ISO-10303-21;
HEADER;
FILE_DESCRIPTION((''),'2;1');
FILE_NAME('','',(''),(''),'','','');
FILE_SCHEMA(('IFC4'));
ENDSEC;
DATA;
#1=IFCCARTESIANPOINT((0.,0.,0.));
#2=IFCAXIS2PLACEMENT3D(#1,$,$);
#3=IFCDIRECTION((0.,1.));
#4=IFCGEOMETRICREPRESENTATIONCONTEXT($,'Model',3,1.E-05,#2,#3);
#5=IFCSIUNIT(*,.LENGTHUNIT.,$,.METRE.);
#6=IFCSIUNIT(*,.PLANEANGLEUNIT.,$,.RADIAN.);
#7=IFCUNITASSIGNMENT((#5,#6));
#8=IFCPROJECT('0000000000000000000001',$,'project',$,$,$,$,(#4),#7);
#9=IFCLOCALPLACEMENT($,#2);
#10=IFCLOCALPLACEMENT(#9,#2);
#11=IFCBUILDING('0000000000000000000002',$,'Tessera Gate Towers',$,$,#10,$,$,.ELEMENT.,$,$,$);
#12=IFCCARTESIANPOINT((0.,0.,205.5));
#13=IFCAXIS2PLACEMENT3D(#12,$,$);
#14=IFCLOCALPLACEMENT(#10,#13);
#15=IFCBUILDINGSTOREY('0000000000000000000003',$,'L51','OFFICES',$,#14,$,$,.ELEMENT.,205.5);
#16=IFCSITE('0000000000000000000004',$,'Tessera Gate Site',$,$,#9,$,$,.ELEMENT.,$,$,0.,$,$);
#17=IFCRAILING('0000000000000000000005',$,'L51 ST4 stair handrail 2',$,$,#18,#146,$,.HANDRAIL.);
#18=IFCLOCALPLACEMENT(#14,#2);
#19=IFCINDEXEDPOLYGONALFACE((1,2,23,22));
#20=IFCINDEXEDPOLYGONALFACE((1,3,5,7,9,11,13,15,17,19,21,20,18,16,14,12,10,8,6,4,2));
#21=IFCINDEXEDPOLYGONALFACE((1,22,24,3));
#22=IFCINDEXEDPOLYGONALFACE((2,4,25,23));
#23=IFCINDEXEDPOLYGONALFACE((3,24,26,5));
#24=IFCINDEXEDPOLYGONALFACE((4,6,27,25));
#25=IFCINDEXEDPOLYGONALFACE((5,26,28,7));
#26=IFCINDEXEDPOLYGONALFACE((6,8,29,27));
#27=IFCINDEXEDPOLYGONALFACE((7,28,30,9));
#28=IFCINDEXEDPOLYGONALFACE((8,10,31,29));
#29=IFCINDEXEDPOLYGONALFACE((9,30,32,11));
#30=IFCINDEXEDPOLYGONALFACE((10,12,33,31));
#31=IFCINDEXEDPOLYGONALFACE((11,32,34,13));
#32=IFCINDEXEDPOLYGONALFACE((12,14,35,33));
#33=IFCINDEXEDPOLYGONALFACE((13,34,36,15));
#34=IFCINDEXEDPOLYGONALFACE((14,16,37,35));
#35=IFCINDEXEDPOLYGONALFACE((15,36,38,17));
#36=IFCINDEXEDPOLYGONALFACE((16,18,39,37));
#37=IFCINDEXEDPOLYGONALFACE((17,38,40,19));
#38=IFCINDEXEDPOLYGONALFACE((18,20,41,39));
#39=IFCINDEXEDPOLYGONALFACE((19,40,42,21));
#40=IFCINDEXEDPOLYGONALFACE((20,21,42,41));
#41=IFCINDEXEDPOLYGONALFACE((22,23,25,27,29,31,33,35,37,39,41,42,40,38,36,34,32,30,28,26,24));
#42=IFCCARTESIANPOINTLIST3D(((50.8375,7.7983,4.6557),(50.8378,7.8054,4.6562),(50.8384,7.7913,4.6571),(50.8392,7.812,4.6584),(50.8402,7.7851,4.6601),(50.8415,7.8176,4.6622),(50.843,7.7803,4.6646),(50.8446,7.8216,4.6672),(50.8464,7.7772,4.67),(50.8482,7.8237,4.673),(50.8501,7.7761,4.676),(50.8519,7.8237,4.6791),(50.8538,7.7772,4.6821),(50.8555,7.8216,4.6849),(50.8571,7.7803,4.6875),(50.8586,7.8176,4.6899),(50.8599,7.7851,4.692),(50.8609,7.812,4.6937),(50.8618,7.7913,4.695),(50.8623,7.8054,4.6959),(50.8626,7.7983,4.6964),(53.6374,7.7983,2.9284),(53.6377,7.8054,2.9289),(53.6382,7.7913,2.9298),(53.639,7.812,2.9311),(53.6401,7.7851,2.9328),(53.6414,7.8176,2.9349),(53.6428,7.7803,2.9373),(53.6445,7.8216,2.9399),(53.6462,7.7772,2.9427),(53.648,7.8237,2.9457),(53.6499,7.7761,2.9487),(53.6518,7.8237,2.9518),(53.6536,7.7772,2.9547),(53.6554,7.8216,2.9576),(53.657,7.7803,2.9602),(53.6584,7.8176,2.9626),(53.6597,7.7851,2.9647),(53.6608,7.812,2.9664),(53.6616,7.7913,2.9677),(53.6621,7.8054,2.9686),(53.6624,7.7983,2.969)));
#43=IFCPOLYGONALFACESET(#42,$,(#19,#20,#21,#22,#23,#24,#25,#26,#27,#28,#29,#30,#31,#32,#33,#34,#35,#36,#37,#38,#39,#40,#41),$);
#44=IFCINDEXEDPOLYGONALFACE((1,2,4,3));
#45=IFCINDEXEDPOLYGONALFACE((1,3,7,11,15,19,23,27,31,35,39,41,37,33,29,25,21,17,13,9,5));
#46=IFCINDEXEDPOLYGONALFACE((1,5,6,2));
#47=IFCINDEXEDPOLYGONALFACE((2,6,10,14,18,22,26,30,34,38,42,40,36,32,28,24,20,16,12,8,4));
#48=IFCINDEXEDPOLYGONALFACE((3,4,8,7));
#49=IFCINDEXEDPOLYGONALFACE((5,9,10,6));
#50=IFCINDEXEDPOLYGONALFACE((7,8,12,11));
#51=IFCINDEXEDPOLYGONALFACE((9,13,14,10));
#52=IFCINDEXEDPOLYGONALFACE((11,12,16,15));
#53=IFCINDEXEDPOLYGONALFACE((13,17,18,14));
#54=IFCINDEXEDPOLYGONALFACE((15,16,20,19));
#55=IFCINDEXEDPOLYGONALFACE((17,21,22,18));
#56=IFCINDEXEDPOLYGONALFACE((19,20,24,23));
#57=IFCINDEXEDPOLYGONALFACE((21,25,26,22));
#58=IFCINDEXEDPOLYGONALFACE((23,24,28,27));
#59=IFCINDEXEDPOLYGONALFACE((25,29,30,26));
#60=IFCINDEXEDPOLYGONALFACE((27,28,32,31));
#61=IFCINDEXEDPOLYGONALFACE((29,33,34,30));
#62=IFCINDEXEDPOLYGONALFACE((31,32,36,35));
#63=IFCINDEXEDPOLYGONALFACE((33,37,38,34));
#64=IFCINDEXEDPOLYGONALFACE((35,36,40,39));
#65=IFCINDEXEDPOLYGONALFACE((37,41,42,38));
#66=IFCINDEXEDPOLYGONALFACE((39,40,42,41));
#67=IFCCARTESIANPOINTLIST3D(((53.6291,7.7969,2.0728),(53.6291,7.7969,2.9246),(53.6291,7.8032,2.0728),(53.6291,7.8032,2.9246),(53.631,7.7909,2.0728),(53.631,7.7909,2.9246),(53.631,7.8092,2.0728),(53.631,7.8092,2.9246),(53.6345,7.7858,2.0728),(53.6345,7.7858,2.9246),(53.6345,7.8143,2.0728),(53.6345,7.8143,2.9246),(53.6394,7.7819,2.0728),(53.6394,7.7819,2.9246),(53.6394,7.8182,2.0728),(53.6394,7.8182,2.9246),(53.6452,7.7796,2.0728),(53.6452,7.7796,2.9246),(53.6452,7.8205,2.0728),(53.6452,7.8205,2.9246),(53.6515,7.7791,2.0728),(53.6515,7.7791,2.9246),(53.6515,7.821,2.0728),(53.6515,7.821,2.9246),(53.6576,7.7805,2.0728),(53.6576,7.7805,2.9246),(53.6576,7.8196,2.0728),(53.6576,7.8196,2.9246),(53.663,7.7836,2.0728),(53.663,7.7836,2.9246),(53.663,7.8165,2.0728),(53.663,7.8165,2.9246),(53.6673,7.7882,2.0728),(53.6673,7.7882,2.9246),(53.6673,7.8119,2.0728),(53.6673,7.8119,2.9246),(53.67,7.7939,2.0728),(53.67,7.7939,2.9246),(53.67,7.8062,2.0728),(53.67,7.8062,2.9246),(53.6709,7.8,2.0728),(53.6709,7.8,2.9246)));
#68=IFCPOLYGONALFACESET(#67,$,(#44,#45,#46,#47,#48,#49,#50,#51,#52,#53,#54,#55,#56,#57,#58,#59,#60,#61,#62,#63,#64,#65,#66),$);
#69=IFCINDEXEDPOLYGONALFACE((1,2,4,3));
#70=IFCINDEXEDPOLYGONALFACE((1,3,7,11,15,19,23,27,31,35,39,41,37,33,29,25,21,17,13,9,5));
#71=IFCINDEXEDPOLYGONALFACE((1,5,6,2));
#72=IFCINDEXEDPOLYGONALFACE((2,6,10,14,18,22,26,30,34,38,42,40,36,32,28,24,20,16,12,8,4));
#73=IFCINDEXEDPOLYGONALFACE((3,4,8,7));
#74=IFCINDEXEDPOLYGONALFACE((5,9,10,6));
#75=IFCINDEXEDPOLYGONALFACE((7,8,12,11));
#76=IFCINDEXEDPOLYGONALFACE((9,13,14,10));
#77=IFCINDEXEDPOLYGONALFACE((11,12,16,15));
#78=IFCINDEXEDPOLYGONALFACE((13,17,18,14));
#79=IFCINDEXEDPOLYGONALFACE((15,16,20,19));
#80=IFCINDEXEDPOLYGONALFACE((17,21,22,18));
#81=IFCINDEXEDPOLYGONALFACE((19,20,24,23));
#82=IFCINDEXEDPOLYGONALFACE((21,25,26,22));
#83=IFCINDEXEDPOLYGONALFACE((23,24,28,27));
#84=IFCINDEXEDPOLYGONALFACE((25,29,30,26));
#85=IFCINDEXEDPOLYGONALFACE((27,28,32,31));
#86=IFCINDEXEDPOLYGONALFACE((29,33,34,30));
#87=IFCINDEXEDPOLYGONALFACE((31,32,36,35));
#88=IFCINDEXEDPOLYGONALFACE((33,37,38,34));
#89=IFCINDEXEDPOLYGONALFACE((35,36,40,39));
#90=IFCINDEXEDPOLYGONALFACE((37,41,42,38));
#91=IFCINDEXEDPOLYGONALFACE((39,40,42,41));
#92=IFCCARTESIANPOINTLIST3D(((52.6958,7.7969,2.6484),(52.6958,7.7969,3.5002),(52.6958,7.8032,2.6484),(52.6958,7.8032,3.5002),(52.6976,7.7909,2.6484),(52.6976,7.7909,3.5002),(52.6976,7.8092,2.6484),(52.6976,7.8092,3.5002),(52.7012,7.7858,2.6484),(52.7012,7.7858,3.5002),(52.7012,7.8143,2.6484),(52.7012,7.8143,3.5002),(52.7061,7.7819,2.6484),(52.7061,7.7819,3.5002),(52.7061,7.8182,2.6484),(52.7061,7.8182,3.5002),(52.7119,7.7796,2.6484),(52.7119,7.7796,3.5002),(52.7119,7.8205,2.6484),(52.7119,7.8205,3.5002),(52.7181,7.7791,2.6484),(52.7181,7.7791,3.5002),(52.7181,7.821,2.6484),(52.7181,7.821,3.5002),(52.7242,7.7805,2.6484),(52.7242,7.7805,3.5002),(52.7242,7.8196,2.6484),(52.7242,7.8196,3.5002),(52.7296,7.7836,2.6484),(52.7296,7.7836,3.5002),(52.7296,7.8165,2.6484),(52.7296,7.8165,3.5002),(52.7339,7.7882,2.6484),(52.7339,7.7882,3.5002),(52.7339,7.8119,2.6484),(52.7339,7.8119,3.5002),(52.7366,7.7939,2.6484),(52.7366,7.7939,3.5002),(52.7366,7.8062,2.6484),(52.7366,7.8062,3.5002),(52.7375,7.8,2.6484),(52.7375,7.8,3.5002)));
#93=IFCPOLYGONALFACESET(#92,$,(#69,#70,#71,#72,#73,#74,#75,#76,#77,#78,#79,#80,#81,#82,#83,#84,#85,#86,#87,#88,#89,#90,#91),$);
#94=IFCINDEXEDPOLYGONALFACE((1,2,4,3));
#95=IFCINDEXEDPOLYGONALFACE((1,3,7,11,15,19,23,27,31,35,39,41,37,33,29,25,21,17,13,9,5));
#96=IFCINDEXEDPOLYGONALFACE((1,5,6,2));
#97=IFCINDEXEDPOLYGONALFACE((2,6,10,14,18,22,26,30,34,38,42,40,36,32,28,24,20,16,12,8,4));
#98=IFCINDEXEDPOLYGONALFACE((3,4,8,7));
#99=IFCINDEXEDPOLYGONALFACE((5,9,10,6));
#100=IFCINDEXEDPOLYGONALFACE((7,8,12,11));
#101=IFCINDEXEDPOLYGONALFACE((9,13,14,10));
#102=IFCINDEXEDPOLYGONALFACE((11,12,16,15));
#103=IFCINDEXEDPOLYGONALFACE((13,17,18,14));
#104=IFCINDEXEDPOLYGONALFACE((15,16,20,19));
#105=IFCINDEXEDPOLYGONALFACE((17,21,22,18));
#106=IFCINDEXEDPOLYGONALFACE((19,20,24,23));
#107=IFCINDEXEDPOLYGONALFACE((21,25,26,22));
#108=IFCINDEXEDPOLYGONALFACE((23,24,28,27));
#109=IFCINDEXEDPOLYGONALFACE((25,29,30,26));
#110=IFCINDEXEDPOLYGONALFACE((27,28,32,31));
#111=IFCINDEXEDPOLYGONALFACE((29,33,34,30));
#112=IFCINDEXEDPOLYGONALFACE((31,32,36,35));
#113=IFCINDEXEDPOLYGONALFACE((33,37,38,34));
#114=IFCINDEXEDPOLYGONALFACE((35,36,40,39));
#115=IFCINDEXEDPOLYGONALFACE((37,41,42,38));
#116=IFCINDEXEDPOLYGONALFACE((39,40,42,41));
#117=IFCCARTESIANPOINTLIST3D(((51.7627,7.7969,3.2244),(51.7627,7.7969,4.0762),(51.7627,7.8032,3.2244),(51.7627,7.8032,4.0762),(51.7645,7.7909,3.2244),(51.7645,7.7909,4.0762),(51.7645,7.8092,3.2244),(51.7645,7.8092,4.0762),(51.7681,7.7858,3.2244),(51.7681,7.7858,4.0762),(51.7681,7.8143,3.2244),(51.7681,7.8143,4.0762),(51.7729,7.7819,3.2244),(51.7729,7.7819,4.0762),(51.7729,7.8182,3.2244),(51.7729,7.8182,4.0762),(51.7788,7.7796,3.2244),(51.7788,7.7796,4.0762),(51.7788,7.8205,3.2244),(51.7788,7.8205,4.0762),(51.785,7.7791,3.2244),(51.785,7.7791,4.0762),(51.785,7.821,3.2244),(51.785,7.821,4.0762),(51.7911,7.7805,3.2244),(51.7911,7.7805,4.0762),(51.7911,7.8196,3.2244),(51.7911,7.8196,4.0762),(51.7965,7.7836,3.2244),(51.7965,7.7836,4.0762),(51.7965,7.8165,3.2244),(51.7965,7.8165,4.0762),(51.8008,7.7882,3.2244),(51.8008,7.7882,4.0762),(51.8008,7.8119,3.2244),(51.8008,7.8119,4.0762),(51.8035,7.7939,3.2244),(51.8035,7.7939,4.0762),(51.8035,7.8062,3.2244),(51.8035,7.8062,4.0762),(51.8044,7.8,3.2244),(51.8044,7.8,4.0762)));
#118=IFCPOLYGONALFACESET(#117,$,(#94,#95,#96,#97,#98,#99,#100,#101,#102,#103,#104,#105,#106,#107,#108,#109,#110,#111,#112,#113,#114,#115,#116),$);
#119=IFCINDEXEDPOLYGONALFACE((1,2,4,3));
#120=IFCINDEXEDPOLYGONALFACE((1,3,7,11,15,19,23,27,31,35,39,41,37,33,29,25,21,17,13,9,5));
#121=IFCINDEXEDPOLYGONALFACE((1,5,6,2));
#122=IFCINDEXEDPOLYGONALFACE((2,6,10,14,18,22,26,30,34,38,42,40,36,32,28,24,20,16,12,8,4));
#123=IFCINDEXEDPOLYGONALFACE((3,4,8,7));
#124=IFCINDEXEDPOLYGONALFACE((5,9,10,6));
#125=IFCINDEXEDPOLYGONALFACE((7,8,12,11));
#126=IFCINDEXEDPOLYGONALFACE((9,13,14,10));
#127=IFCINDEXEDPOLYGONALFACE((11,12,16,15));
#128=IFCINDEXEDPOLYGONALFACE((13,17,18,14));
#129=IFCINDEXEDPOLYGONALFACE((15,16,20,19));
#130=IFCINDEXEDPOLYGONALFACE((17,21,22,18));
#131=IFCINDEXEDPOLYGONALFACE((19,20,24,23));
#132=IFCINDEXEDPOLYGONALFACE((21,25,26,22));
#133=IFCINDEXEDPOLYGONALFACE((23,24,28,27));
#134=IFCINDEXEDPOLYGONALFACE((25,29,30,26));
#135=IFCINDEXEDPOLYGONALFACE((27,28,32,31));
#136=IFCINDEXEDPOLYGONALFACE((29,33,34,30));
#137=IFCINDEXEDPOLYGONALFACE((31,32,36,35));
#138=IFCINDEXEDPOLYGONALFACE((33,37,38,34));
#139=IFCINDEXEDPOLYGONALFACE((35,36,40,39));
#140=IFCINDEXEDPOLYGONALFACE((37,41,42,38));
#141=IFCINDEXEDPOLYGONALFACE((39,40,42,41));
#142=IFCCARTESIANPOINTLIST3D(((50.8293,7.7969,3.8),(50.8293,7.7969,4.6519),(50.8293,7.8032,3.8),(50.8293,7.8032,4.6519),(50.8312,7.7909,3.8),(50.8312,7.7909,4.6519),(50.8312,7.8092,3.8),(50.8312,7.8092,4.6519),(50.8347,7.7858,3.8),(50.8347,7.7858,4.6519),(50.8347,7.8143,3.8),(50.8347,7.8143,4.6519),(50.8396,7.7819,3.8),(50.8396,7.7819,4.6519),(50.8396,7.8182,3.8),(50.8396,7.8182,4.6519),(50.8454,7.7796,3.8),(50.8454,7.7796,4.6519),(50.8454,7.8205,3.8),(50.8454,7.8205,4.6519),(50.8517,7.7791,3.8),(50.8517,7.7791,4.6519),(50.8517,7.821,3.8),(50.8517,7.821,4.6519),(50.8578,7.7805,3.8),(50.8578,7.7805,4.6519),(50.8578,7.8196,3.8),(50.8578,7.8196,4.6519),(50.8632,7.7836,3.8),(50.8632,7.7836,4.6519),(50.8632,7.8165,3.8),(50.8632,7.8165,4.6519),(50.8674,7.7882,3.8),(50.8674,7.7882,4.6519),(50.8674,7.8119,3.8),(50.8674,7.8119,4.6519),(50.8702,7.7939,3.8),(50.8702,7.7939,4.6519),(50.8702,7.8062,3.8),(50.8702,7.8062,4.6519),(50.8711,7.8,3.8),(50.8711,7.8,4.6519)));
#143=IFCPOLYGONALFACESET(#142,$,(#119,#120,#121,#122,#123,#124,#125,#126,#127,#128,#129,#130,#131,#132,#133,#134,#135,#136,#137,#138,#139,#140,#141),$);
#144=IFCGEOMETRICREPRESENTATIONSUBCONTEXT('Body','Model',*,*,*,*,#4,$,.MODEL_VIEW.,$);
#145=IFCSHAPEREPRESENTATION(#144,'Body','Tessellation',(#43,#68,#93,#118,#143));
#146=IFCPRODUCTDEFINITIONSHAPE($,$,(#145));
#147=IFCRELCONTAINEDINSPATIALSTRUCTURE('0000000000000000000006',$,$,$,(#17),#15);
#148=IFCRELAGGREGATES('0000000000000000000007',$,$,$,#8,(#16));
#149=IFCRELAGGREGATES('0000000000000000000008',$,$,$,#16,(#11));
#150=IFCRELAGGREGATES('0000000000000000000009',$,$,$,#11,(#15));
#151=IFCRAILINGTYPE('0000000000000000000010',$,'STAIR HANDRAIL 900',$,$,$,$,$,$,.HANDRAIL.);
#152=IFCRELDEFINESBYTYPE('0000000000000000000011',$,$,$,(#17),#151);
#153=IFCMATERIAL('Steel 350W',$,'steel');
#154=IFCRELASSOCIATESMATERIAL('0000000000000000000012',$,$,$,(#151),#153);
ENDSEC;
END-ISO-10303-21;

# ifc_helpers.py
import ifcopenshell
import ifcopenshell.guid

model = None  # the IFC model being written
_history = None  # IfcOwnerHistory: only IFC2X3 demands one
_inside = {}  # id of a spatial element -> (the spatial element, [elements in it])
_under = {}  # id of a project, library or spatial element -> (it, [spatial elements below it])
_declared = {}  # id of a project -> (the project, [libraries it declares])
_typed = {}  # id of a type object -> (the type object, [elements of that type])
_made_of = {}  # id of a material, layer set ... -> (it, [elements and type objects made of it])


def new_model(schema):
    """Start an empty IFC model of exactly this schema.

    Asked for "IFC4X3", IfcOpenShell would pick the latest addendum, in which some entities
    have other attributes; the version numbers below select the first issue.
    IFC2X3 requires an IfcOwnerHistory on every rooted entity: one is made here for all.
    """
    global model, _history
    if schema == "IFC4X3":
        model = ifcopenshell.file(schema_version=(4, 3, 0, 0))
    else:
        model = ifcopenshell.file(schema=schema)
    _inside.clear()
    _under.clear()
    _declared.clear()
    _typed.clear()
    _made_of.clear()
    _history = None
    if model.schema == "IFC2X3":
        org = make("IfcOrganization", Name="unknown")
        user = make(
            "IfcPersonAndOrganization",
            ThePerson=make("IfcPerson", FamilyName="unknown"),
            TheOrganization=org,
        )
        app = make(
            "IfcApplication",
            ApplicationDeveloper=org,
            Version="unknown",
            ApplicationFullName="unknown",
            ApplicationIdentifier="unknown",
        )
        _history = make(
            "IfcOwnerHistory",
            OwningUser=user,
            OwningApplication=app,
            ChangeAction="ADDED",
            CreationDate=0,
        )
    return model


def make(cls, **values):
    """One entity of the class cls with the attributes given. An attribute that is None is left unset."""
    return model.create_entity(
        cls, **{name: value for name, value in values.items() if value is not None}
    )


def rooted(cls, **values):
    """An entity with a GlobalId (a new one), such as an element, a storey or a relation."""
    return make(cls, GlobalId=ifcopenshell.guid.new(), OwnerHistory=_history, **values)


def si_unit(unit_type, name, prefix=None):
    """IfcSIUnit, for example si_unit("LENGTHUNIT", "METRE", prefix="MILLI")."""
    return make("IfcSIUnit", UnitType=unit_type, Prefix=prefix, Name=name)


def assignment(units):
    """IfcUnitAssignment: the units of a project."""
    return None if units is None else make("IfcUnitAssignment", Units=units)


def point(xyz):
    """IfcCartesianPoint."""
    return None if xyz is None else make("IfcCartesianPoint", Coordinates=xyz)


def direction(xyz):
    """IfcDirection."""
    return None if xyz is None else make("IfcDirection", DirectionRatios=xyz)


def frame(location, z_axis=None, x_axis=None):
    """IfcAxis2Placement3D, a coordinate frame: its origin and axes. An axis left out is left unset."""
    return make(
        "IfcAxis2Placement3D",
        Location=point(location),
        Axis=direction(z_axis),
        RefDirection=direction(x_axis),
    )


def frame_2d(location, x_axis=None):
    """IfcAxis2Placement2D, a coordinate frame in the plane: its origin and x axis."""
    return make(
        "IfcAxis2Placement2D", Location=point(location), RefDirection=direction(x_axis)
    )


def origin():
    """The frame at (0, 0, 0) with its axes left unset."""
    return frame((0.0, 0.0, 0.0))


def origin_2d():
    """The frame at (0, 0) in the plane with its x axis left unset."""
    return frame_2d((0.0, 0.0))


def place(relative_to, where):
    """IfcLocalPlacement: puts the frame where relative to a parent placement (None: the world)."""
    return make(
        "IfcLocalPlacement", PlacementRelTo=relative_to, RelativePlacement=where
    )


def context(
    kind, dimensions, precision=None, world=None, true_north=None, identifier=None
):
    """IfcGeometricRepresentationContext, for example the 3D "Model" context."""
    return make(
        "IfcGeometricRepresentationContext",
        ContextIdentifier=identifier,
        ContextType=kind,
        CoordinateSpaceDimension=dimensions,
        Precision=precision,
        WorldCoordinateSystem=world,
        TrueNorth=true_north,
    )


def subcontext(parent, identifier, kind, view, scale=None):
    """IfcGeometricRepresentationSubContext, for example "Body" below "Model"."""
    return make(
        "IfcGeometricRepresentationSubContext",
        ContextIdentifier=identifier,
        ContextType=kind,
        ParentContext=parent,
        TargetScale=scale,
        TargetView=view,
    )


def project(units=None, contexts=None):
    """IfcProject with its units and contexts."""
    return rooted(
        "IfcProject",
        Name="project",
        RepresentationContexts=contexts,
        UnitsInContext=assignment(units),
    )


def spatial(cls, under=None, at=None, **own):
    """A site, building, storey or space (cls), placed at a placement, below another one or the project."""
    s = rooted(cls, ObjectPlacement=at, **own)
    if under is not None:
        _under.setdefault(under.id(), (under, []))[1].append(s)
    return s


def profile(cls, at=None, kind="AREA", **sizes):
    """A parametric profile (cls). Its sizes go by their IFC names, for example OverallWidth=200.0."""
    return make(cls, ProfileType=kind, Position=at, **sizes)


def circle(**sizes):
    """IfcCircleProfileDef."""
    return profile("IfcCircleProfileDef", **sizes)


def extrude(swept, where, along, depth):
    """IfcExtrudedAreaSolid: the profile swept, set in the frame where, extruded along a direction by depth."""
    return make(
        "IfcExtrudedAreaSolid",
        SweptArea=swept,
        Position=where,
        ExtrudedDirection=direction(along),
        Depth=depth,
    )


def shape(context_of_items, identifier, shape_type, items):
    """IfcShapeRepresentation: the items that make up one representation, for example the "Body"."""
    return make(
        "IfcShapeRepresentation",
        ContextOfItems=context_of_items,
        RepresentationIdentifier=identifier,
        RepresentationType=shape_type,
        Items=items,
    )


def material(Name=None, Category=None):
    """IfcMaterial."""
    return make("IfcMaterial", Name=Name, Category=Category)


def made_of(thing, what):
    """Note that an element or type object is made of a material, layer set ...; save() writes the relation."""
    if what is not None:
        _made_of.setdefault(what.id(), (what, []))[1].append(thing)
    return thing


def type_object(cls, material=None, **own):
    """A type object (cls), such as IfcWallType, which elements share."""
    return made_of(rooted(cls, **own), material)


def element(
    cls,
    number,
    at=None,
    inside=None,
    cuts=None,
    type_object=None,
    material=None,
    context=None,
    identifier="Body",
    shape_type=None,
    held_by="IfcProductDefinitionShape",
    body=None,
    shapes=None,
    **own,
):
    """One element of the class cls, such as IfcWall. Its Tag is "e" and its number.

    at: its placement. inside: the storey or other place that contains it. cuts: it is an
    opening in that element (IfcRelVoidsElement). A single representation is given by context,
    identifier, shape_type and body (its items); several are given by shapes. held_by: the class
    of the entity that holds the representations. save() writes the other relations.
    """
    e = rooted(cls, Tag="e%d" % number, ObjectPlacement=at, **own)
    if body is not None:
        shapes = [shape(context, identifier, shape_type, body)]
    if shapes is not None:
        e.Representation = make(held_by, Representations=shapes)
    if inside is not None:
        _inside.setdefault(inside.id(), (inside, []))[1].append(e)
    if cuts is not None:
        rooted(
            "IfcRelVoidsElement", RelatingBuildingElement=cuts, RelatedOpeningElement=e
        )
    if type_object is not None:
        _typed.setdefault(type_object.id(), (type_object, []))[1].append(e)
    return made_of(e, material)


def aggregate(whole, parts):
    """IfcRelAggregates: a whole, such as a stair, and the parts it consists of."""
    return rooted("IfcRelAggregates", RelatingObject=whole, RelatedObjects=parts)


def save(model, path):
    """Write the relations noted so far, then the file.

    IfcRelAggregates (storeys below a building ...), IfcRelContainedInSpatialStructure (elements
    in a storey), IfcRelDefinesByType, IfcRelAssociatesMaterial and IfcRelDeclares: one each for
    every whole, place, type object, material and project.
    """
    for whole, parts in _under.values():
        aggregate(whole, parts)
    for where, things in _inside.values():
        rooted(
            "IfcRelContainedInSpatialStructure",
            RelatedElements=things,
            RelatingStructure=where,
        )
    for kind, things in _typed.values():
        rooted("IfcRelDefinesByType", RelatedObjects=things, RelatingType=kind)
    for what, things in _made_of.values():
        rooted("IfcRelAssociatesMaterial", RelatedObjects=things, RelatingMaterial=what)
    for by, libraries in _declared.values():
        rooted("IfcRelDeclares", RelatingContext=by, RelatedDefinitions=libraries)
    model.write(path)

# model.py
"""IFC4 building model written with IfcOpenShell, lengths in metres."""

from ifc_helpers import new_model, si_unit, direction, frame, origin, origin_2d, place, context, subcontext, project, spatial, circle, extrude, material, type_object, element, save


model = new_model("IFC4")

# Units and contexts
model_context = context("Model", 3, precision=1e-05, world=origin(), true_north=direction((0.0, 1.0)))
body_context = subcontext(model_context, "Body", "Model", "MODEL_VIEW")
ifc_project = project(units=[si_unit("LENGTHUNIT", "METRE"), si_unit("PLANEANGLEUNIT", "RADIAN")], contexts=[model_context])

# Site, building, storey
site_placement = place(None, origin())
site = spatial("IfcSite", under=ifc_project, at=site_placement, Name="Tessera Gate Site", CompositionType="ELEMENT", RefElevation=0.0)
building_placement = place(site_placement, origin())
building = spatial("IfcBuilding", under=site, at=building_placement, Name="Tessera Gate Towers", CompositionType="ELEMENT")
storey_placement = place(building_placement, frame((0.0, 0.0, 205.5)))
storey = spatial("IfcBuildingStorey", under=building, at=storey_placement, Name="L51", Description="OFFICES", CompositionType="ELEMENT", Elevation=205.5)

# Railing
ifc_material_1 = material(Name="Steel 350W", Category="steel")
railing_type_1 = type_object("IfcRailingType", Name="STAIR HANDRAIL 900", PredefinedType="HANDRAIL", material=ifc_material_1)
railing_1_placement = place(storey_placement, frame((53.6499, 7.8, 2.0728)))
element("IfcRailing", 1, at=railing_1_placement, inside=storey, type_object=railing_type_1, Name="L51 ST4 stair handrail 2", PredefinedType="HANDRAIL", context=body_context, shape_type="SweptSolid", body=[
    extrude(circle(Radius=0.0239, at=origin_2d()), frame((0.0, 0.0, 0.876), z_axis=(-0.851069, 0.0, 0.525054), x_axis=(0.0, -1.0, 0.0)), (0.0, 0.0, 1.0), 3.2898),
    extrude(circle(Radius=0.021, at=origin_2d()), origin(), (0.0, 0.0, 1.0), 0.8518),
    extrude(circle(Radius=0.021, at=origin_2d()), frame((-0.9333, 0.0, 0.5757)), (0.0, 0.0, 1.0), 0.8518),
    extrude(circle(Radius=0.021, at=origin_2d()), frame((-1.8665, 0.0, 1.1516)), (0.0, 0.0, 1.0), 0.8518),
    extrude(circle(Radius=0.021, at=origin_2d()), frame((-2.7998, 0.0, 1.7273)), (0.0, 0.0, 1.0), 0.8518),
])

save(model, "model.ifc")
